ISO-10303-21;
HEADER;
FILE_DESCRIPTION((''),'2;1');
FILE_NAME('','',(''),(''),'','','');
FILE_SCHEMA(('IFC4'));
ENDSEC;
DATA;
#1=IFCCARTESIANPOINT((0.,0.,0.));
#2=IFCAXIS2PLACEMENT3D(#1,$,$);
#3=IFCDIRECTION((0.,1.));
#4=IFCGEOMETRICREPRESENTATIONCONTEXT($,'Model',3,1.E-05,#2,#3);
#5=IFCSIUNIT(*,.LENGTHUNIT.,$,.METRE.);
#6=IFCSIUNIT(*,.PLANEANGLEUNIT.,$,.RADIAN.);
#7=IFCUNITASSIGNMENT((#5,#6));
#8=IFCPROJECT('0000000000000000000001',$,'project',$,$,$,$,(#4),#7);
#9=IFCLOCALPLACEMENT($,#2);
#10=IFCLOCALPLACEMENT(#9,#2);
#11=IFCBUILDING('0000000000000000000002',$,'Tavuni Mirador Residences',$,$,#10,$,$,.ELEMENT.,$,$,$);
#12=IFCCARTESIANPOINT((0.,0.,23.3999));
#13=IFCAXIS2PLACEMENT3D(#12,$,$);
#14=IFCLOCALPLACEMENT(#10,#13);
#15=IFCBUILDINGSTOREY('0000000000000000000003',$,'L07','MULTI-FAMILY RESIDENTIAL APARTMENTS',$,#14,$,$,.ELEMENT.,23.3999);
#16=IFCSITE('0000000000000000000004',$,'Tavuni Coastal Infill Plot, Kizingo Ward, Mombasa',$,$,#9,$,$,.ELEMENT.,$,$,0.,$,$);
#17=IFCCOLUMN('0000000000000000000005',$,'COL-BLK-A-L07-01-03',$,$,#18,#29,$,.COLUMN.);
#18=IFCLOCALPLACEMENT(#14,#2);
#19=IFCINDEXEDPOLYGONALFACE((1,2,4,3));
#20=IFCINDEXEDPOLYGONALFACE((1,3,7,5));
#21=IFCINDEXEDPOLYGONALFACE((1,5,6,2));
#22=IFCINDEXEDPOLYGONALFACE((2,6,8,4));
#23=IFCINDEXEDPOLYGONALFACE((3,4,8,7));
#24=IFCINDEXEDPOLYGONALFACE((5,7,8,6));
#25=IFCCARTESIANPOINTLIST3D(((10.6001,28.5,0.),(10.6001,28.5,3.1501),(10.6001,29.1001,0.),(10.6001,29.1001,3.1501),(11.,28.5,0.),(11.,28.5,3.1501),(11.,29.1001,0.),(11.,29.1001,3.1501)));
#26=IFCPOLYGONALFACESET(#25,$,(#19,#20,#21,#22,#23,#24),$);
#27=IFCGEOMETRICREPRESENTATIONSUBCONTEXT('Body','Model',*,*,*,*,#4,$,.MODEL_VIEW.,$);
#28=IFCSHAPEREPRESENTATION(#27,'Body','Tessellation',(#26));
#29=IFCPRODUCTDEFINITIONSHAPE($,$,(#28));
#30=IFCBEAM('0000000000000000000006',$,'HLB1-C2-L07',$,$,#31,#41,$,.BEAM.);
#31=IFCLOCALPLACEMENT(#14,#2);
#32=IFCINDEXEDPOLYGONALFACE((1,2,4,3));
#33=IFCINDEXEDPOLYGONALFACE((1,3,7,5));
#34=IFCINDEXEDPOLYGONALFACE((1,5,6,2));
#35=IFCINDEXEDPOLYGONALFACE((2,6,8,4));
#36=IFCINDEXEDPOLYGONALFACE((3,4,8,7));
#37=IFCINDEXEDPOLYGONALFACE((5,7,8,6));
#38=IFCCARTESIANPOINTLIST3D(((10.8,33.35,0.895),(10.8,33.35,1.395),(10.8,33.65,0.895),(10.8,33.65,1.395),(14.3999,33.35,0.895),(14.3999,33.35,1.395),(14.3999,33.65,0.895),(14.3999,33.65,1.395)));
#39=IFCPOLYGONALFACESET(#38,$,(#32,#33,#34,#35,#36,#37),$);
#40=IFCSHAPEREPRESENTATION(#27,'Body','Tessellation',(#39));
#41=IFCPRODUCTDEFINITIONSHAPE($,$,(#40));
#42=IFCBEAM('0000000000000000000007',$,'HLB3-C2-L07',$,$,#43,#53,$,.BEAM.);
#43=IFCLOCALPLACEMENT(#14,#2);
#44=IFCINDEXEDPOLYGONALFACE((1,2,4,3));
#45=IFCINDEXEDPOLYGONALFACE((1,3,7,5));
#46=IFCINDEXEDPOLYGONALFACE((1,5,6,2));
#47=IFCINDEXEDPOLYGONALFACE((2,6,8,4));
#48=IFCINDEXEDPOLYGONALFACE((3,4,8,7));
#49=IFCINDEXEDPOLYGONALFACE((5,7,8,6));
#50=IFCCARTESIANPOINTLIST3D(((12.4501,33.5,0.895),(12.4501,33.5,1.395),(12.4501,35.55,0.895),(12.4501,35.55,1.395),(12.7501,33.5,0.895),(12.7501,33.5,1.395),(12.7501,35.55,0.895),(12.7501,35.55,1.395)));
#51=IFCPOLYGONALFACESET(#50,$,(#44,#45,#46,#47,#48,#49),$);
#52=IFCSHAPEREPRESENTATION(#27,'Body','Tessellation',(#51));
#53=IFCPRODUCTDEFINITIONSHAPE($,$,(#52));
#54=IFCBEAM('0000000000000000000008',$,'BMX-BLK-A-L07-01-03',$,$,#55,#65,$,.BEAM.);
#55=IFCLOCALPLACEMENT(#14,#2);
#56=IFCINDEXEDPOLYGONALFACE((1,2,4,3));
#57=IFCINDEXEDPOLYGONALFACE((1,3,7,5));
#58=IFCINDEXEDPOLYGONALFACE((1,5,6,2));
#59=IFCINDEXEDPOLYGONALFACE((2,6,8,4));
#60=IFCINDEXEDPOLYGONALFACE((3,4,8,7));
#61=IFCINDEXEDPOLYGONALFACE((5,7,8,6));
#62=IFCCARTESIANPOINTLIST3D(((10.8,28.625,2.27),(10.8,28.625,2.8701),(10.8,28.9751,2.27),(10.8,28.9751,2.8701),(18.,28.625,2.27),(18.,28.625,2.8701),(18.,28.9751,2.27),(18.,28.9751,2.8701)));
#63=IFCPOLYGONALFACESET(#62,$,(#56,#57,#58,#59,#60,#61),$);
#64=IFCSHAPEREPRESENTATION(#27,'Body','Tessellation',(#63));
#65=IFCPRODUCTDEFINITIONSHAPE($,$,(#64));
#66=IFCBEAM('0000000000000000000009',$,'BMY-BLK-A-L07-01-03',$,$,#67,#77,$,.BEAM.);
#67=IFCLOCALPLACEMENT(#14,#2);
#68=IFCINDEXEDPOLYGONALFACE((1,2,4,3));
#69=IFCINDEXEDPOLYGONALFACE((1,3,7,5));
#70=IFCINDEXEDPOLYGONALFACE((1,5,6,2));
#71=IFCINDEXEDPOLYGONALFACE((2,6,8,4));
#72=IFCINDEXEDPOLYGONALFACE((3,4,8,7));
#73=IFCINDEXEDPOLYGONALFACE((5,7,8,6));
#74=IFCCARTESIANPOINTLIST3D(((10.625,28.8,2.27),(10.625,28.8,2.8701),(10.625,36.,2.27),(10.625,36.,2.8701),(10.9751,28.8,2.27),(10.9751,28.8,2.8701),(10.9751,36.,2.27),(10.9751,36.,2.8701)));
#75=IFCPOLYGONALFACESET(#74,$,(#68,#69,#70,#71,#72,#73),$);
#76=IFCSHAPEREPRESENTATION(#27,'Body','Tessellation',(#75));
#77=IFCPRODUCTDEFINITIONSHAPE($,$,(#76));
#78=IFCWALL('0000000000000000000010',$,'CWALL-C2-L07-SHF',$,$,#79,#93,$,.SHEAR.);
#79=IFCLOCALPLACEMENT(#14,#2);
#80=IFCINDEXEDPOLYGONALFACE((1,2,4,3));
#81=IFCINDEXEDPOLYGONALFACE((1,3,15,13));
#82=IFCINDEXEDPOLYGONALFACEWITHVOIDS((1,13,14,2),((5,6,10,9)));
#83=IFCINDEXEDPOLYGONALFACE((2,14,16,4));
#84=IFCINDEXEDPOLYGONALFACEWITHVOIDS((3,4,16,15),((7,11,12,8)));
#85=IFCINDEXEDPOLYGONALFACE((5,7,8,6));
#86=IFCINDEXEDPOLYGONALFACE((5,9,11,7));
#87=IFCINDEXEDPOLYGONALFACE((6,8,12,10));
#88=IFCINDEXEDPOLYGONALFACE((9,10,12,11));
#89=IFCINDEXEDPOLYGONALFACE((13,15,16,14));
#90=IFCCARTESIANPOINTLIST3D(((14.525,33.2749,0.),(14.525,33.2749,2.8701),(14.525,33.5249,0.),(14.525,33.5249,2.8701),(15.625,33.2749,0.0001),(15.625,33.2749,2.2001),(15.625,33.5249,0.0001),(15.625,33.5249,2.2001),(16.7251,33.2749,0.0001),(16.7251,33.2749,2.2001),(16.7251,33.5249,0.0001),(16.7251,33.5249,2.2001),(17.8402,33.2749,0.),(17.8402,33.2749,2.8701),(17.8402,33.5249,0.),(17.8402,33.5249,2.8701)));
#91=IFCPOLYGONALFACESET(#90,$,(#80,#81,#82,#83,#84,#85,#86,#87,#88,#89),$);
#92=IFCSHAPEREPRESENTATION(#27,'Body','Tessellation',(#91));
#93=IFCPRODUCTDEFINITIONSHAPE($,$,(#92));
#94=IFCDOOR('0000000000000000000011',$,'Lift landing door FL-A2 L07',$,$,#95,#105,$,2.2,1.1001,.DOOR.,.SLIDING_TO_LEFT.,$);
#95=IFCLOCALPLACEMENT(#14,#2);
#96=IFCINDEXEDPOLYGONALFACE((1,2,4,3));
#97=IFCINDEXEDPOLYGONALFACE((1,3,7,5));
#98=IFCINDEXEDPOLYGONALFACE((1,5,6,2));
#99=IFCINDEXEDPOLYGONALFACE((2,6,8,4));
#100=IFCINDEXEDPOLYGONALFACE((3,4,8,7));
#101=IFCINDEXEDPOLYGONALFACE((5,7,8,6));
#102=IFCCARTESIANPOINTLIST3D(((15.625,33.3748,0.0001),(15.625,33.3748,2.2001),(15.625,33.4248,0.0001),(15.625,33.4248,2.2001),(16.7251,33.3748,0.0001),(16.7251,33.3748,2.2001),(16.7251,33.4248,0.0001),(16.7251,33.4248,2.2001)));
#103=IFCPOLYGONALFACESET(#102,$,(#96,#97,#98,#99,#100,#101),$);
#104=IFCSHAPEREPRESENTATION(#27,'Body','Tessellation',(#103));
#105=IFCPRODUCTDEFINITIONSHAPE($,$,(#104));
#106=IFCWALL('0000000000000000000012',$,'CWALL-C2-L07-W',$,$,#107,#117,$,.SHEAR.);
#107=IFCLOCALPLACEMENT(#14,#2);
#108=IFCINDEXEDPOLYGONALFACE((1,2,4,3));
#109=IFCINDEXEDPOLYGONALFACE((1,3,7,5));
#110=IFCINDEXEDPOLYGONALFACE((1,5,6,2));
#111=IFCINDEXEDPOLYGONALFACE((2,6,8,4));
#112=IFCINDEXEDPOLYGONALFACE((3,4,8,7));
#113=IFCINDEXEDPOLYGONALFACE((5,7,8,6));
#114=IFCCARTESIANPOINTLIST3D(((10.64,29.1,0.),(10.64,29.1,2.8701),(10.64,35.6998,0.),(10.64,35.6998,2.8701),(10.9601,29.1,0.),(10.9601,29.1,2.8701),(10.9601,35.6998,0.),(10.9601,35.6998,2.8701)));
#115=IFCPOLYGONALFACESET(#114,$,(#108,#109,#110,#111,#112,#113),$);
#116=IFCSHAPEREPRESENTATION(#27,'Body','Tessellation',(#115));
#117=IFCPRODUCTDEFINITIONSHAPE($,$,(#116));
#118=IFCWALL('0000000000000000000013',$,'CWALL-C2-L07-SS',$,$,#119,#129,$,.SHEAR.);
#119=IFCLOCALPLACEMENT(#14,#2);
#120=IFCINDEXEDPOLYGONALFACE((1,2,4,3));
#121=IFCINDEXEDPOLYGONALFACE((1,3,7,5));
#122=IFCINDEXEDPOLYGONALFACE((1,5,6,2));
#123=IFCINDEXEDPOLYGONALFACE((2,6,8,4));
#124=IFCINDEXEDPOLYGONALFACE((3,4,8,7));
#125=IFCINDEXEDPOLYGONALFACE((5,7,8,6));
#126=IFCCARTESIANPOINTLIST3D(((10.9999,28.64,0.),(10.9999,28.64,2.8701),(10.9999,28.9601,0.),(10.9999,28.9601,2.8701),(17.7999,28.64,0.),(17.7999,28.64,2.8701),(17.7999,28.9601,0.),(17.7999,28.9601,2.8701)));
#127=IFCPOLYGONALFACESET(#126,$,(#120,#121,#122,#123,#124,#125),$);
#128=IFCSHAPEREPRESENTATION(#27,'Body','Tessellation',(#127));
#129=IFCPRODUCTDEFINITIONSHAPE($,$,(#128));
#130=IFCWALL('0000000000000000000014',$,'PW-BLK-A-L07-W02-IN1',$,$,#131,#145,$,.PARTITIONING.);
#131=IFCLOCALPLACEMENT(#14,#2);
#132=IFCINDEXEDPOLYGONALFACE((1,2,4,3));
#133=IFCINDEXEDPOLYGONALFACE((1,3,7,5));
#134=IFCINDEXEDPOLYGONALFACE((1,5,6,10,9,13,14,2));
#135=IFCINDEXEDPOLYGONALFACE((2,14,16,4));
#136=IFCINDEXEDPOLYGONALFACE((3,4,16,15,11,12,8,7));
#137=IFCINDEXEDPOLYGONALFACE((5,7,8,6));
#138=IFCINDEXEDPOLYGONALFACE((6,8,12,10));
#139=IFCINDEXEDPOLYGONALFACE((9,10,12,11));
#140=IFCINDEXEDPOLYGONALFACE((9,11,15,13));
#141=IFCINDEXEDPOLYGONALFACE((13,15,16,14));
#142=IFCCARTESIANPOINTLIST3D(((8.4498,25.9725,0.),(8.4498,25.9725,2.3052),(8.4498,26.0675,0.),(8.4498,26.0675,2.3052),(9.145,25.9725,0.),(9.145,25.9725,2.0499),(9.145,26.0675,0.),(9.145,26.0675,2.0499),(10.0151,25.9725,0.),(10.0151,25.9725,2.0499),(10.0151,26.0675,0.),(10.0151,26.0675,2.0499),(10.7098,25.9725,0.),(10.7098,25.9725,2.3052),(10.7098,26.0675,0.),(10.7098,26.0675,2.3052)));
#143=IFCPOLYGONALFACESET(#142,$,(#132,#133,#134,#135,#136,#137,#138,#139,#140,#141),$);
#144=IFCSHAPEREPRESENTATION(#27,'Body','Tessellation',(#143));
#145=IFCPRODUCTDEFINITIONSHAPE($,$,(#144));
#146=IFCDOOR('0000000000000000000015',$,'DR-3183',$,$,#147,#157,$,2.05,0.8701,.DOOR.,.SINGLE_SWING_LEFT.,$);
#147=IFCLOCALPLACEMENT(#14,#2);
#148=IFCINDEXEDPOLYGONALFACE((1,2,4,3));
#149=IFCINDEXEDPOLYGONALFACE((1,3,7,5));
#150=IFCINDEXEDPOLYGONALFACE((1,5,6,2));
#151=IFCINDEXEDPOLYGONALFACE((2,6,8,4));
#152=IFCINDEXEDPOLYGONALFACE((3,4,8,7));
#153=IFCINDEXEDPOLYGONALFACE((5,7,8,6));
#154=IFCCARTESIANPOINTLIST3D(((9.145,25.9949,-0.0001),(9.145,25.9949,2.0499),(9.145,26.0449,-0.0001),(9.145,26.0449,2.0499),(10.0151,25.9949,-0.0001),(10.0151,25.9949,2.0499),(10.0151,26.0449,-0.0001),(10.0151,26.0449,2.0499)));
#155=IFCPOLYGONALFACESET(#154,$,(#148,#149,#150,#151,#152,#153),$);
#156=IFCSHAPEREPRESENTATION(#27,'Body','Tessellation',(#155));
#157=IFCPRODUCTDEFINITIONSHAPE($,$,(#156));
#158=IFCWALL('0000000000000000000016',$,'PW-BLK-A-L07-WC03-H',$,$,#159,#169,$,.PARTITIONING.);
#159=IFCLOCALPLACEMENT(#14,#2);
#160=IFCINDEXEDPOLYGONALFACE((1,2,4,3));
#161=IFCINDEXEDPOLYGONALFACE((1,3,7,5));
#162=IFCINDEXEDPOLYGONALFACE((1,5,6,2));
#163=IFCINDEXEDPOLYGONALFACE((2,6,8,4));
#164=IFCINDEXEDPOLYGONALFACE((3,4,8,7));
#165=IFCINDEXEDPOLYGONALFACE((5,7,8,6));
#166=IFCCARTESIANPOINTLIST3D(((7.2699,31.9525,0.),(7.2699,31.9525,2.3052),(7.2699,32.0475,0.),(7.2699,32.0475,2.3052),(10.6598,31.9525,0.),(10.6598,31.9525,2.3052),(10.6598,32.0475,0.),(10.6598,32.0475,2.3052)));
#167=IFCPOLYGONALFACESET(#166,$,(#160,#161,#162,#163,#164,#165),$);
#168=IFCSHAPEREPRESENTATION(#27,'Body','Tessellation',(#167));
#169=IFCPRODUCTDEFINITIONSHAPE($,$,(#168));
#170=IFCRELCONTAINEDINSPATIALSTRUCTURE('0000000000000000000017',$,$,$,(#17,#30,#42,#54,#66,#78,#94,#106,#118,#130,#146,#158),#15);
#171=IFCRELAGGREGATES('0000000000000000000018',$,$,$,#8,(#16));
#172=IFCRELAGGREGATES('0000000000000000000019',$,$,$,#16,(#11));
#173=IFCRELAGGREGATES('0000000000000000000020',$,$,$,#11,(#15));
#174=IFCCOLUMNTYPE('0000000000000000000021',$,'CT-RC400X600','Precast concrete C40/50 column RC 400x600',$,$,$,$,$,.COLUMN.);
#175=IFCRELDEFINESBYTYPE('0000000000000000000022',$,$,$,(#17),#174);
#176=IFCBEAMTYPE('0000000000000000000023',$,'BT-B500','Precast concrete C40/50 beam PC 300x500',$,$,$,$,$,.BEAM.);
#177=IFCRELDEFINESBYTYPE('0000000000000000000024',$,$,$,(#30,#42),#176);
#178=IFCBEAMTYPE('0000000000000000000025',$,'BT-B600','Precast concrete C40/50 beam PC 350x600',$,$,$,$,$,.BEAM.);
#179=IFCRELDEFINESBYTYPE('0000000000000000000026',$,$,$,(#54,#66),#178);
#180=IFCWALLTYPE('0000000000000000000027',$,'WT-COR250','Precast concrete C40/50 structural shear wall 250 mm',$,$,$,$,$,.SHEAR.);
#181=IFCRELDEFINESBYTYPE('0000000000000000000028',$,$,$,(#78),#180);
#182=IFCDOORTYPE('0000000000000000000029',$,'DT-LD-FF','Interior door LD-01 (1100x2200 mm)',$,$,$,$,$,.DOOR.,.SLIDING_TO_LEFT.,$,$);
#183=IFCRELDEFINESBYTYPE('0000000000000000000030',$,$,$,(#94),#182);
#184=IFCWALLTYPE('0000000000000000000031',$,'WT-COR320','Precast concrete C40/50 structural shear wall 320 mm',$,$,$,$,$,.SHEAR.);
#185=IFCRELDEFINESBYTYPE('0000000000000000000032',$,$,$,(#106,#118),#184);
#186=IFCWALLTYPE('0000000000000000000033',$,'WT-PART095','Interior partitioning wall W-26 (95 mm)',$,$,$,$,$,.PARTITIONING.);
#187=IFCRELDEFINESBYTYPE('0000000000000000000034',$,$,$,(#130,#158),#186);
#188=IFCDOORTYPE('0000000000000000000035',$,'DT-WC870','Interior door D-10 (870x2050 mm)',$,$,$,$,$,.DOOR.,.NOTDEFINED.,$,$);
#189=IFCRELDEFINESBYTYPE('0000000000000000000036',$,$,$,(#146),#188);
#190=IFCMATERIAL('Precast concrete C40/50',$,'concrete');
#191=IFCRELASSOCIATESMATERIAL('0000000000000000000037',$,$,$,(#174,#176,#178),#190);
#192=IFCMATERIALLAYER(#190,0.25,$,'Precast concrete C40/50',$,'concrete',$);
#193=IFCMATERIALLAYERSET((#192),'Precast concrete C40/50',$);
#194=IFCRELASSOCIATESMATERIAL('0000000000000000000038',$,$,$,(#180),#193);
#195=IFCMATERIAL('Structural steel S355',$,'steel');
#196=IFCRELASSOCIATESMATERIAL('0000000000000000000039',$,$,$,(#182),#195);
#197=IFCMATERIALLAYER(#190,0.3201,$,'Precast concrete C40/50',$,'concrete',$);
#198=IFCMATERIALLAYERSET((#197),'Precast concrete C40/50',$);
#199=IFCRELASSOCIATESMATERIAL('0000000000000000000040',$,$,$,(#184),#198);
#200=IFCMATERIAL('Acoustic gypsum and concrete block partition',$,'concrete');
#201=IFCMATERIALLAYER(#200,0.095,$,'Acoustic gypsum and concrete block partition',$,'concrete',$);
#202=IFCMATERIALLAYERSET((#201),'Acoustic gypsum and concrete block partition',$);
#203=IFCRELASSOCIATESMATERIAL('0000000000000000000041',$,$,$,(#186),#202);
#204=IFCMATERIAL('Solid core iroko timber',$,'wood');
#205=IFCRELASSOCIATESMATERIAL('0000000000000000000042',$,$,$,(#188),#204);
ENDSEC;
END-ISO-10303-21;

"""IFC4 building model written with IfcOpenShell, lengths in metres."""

from ifc_helpers import new_model, si_unit, direction, frame, frame_2d, origin, origin_2d, place, context, subcontext, project, spatial, rectangle, extrude, material, layer, layer_set, material_profile, profile_set, type_object, element, fill, save


model = new_model("IFC4")

# Units and contexts
model_context = context("Model", 3, precision=1e-05, world=origin(), true_north=direction((0.0, 1.0)))
body_context = subcontext(model_context, "Body", "Model", "MODEL_VIEW")
ifc_project = project(units=[si_unit("LENGTHUNIT", "METRE"), si_unit("PLANEANGLEUNIT", "RADIAN")], contexts=[model_context])

# Site, building, storey
site_placement = place(None, origin())
site = spatial("IfcSite", under=ifc_project, at=site_placement, Name="Tavuni Coastal Infill Plot, Kizingo Ward, Mombasa", CompositionType="ELEMENT", RefElevation=0.0)
building_placement = place(site_placement, origin())
building = spatial("IfcBuilding", under=site, at=building_placement, Name="Tavuni Mirador Residences", CompositionType="ELEMENT")
storey_placement = place(building_placement, frame((0.0, 0.0, 23.3999)))
storey = spatial("IfcBuildingStorey", under=building, at=storey_placement, Name="L07", Description="MULTI-FAMILY RESIDENTIAL APARTMENTS", CompositionType="ELEMENT", Elevation=23.3999)

# Column
ifc_material_1 = material(Name="Precast concrete C40/50", Category="concrete")
ifc_material_profile_1 = material_profile(ifc_material_1, rectangle(XDim=0.3999, YDim=0.6001, at=origin_2d()), Name="RC 400x600", Category="concrete")
ifc_profile_set_1 = profile_set([ifc_material_profile_1], Name="Precast concrete C40/50")
column_type = type_object("IfcColumnType", Name="CT-RC400X600", Description="Precast concrete C40/50 column RC 400x600", PredefinedType="COLUMN", material=ifc_profile_set_1)
column_placement = place(storey_placement, frame((10.8, 28.8, 0.0), z_axis=(0.0, 0.0, 1.0), x_axis=(1.0, 0.0, 0.0)))
element("IfcColumn", 1, at=column_placement, inside=storey, type_object=column_type, Name="COL-BLK-A-L07-01-03", PredefinedType="COLUMN", context=body_context, shape_type="SweptSolid", body=[
    extrude(rectangle(XDim=0.3999, YDim=0.6001, at=origin_2d()), origin(), (0.0, 0.0, 1.0), 3.1501),
])

# Beams
ifc_material_profile_2 = material_profile(ifc_material_1, rectangle(XDim=0.3, YDim=0.5, at=origin_2d()), Name="PC 300x500", Category="concrete")
ifc_profile_set_2 = profile_set([ifc_material_profile_2], Name="Precast concrete C40/50")
beam_type_1 = type_object("IfcBeamType", Name="BT-B500", Description="Precast concrete C40/50 beam PC 300x500", PredefinedType="BEAM", material=ifc_profile_set_2)
beam_1_placement = place(storey_placement, frame((10.8, 33.5, 1.145), z_axis=(1.0, 0.0, 0.0), x_axis=(0.0, 1.0, 0.0)))
element("IfcBeam", 2, at=beam_1_placement, inside=storey, type_object=beam_type_1, Name="HLB1-C2-L07", PredefinedType="BEAM", context=body_context, shape_type="SweptSolid", body=[
    extrude(rectangle(XDim=0.3, YDim=0.5, at=origin_2d()), origin(), (0.0, 0.0, 1.0), 3.5999),
])
beam_2_placement = place(storey_placement, frame((12.6001, 33.5, 1.145), z_axis=(0.0, 1.0, 0.0), x_axis=(-1.0, 0.0, 0.0)))
element("IfcBeam", 3, at=beam_2_placement, inside=storey, type_object=beam_type_1, Name="HLB3-C2-L07", PredefinedType="BEAM", context=body_context, shape_type="SweptSolid", body=[
    extrude(rectangle(XDim=0.3, YDim=0.5, at=origin_2d()), origin(), (0.0, 0.0, 1.0), 2.05),
])
ifc_material_profile_3 = material_profile(ifc_material_1, rectangle(XDim=0.3501, YDim=0.6001, at=origin_2d()), Name="PC 350x600", Category="concrete")
ifc_profile_set_3 = profile_set([ifc_material_profile_3], Name="Precast concrete C40/50")
beam_type_2 = type_object("IfcBeamType", Name="BT-B600", Description="Precast concrete C40/50 beam PC 350x600", PredefinedType="BEAM", material=ifc_profile_set_3)
for number, where, z_axis, x_axis, name in (
    (4, (10.8, 28.8, 2.5701), (1.0, 0.0, 0.0), (0.0, 1.0, 0.0), "BMX-BLK-A-L07-01-03"),
    (5, (10.8, 28.8, 2.5701), (0.0, 1.0, 0.0), (-1.0, 0.0, 0.0), "BMY-BLK-A-L07-01-03"),
):
    element("IfcBeam", number, at=place(storey_placement, frame(where, z_axis=z_axis, x_axis=x_axis)), inside=storey, type_object=beam_type_2, Name=name, PredefinedType="BEAM", context=body_context, shape_type="SweptSolid", body=[
        extrude(rectangle(XDim=0.3501, YDim=0.6001, at=origin_2d()), origin(), (0.0, 0.0, 1.0), 7.2),
    ])

# Wall, opening, door
ifc_layer_1 = layer(ifc_material_1, 0.25, Name="Precast concrete C40/50", Category="concrete")
ifc_layer_set_1 = layer_set([ifc_layer_1], Name="Precast concrete C40/50")
wall_type_1 = type_object("IfcWallType", Name="WT-COR250", Description="Precast concrete C40/50 structural shear wall 250 mm", PredefinedType="SHEAR", material=ifc_layer_set_1)
ifc_material_2 = material(Name="Solid core iroko timber", Category="wood")
wall_1_placement = place(storey_placement, frame((14.5249, 33.3999, 0.0), z_axis=(0.0, 0.0, 1.0), x_axis=(1.0, 0.0, 0.0)))
wall_1 = element("IfcWall", 6, at=wall_1_placement, inside=storey, type_object=wall_type_1, Name="CWALL-C2-L07-SHF", PredefinedType="SHEAR", context=body_context, shape_type="SweptSolid", body=[
    extrude(rectangle(XDim=3.3152, YDim=0.25, at=frame_2d((1.6577, 0.0))), origin(), (0.0, 0.0, 1.0), 2.8701),
])
opening_1_placement = place(wall_1_placement, frame((1.1001, 0.0, 0.0)))
opening_1 = element("IfcOpeningElement", 7, at=opening_1_placement, cuts=wall_1, PredefinedType="OPENING", context=body_context, shape_type="SweptSolid", body=[
    extrude(rectangle(XDim=1.1001, YDim=2.2, at=frame_2d((0.55, 1.1001))), frame((0.0, 0.135, 0.0), z_axis=(0.0, -1.0, 0.0), x_axis=(1.0, 0.0, 0.0)), (0.0, 0.0, 1.0), 0.27),
])
ifc_material_3 = material(Name="Structural steel S355", Category="steel")
door_type_1 = type_object("IfcDoorType", Name="DT-LD-FF", Description="Interior door LD-01 (1100x2200 mm)", OperationType="SLIDING_TO_LEFT", PredefinedType="DOOR", material=ifc_material_3)
door_1_placement = place(opening_1_placement, origin())
door_1 = element("IfcDoor", 8, at=door_1_placement, inside=storey, type_object=door_type_1, Name="Lift landing door FL-A2 L07", OperationType="SLIDING_TO_LEFT", OverallHeight=2.2, OverallWidth=1.1001, PredefinedType="DOOR", context=body_context, shape_type="SweptSolid", body=[
    extrude(rectangle(XDim=1.1001, YDim=2.2, at=frame_2d((0.55, 1.1001))), frame((0.0, 0.0249, 0.0), z_axis=(0.0, -1.0, 0.0), x_axis=(1.0, 0.0, 0.0)), (0.0, 0.0, 1.0), 0.05),
])
fill(opening_1, door_1)

# Walls
ifc_layer_2 = layer(ifc_material_1, 0.3201, Name="Precast concrete C40/50", Category="concrete")
ifc_layer_set_2 = layer_set([ifc_layer_2], Name="Precast concrete C40/50")
wall_type_2 = type_object("IfcWallType", Name="WT-COR320", Description="Precast concrete C40/50 structural shear wall 320 mm", PredefinedType="SHEAR", material=ifc_layer_set_2)
wall_2_placement = place(storey_placement, frame((10.8, 29.1001, 0.0), z_axis=(0.0, 0.0, 1.0), x_axis=(0.0, 1.0, 0.0)))
element("IfcWall", 9, at=wall_2_placement, inside=storey, type_object=wall_type_2, Name="CWALL-C2-L07-W", PredefinedType="SHEAR", context=body_context, shape_type="SweptSolid", body=[
    extrude(rectangle(XDim=6.5999, YDim=0.3201, at=frame_2d((3.2998, 0.0))), origin(), (0.0, 0.0, 1.0), 2.8701),
])
wall_3_placement = place(storey_placement, frame((11.0, 28.8, 0.0), z_axis=(0.0, 0.0, 1.0), x_axis=(1.0, 0.0, 0.0)))
element("IfcWall", 10, at=wall_3_placement, inside=storey, type_object=wall_type_2, Name="CWALL-C2-L07-SS", PredefinedType="SHEAR", context=body_context, shape_type="SweptSolid", body=[
    extrude(rectangle(XDim=6.8, YDim=0.3201, at=frame_2d((3.3999, 0.0))), origin(), (0.0, 0.0, 1.0), 2.8701),
])

# Wall, opening, door
ifc_material_4 = material(Name="Acoustic gypsum and concrete block partition", Category="concrete")
ifc_layer_3 = layer(ifc_material_4, 0.095, Name="Acoustic gypsum and concrete block partition", Category="concrete")
ifc_layer_set_3 = layer_set([ifc_layer_3], Name="Acoustic gypsum and concrete block partition")
wall_type_3 = type_object("IfcWallType", Name="WT-PART095", Description="Interior partitioning wall W-26 (95 mm)", PredefinedType="PARTITIONING", material=ifc_layer_set_3)
wall_4_placement = place(storey_placement, frame((8.45, 26.02, 0.0), z_axis=(0.0, 0.0, 1.0), x_axis=(1.0, 0.0, 0.0)))
wall_4 = element("IfcWall", 11, at=wall_4_placement, inside=storey, type_object=wall_type_3, Name="PW-BLK-A-L07-W02-IN1", PredefinedType="PARTITIONING", context=body_context, shape_type="SweptSolid", body=[
    extrude(rectangle(XDim=2.26, YDim=0.095, at=frame_2d((1.1299, 0.0))), origin(), (0.0, 0.0, 1.0), 2.3052),
])
opening_2_placement = place(wall_4_placement, frame((0.6951, 0.0, 0.0)))
opening_2 = element("IfcOpeningElement", 12, at=opening_2_placement, cuts=wall_4, PredefinedType="OPENING", context=body_context, shape_type="SweptSolid", body=[
    extrude(rectangle(XDim=0.8701, YDim=2.05, at=frame_2d((0.4351, 1.0249))), frame((0.0, 0.0576, 0.0), z_axis=(0.0, -1.0, 0.0), x_axis=(1.0, 0.0, 0.0)), (0.0, 0.0, 1.0), 0.115),
])
door_type_2 = type_object("IfcDoorType", Name="DT-WC870", Description="Interior door D-10 (870x2050 mm)", OperationType="NOTDEFINED", PredefinedType="DOOR", material=ifc_material_2)
door_2_placement = place(opening_2_placement, origin())
door_2 = element("IfcDoor", 13, at=door_2_placement, inside=storey, type_object=door_type_2, Name="DR-3183", OperationType="SINGLE_SWING_LEFT", OverallHeight=2.05, OverallWidth=0.8701, PredefinedType="DOOR", context=body_context, shape_type="SweptSolid", body=[
    extrude(rectangle(XDim=0.8701, YDim=2.05, at=frame_2d((0.4351, 1.0249))), frame((0.0, 0.0249, 0.0), z_axis=(0.0, -1.0, 0.0), x_axis=(1.0, 0.0, 0.0)), (0.0, 0.0, 1.0), 0.05),
])
fill(opening_2, door_2)

# Wall
wall_5_placement = place(storey_placement, frame((7.27, 32.0, 0.0), z_axis=(0.0, 0.0, 1.0), x_axis=(1.0, 0.0, 0.0)))
element("IfcWall", 14, at=wall_5_placement, inside=storey, type_object=wall_type_3, Name="PW-BLK-A-L07-WC03-H", PredefinedType="PARTITIONING", context=body_context, shape_type="SweptSolid", body=[
    extrude(rectangle(XDim=3.3899, YDim=0.095, at=frame_2d((1.6948, 0.0))), origin(), (0.0, 0.0, 1.0), 2.3052),
])

save(model, "model.ifc")
